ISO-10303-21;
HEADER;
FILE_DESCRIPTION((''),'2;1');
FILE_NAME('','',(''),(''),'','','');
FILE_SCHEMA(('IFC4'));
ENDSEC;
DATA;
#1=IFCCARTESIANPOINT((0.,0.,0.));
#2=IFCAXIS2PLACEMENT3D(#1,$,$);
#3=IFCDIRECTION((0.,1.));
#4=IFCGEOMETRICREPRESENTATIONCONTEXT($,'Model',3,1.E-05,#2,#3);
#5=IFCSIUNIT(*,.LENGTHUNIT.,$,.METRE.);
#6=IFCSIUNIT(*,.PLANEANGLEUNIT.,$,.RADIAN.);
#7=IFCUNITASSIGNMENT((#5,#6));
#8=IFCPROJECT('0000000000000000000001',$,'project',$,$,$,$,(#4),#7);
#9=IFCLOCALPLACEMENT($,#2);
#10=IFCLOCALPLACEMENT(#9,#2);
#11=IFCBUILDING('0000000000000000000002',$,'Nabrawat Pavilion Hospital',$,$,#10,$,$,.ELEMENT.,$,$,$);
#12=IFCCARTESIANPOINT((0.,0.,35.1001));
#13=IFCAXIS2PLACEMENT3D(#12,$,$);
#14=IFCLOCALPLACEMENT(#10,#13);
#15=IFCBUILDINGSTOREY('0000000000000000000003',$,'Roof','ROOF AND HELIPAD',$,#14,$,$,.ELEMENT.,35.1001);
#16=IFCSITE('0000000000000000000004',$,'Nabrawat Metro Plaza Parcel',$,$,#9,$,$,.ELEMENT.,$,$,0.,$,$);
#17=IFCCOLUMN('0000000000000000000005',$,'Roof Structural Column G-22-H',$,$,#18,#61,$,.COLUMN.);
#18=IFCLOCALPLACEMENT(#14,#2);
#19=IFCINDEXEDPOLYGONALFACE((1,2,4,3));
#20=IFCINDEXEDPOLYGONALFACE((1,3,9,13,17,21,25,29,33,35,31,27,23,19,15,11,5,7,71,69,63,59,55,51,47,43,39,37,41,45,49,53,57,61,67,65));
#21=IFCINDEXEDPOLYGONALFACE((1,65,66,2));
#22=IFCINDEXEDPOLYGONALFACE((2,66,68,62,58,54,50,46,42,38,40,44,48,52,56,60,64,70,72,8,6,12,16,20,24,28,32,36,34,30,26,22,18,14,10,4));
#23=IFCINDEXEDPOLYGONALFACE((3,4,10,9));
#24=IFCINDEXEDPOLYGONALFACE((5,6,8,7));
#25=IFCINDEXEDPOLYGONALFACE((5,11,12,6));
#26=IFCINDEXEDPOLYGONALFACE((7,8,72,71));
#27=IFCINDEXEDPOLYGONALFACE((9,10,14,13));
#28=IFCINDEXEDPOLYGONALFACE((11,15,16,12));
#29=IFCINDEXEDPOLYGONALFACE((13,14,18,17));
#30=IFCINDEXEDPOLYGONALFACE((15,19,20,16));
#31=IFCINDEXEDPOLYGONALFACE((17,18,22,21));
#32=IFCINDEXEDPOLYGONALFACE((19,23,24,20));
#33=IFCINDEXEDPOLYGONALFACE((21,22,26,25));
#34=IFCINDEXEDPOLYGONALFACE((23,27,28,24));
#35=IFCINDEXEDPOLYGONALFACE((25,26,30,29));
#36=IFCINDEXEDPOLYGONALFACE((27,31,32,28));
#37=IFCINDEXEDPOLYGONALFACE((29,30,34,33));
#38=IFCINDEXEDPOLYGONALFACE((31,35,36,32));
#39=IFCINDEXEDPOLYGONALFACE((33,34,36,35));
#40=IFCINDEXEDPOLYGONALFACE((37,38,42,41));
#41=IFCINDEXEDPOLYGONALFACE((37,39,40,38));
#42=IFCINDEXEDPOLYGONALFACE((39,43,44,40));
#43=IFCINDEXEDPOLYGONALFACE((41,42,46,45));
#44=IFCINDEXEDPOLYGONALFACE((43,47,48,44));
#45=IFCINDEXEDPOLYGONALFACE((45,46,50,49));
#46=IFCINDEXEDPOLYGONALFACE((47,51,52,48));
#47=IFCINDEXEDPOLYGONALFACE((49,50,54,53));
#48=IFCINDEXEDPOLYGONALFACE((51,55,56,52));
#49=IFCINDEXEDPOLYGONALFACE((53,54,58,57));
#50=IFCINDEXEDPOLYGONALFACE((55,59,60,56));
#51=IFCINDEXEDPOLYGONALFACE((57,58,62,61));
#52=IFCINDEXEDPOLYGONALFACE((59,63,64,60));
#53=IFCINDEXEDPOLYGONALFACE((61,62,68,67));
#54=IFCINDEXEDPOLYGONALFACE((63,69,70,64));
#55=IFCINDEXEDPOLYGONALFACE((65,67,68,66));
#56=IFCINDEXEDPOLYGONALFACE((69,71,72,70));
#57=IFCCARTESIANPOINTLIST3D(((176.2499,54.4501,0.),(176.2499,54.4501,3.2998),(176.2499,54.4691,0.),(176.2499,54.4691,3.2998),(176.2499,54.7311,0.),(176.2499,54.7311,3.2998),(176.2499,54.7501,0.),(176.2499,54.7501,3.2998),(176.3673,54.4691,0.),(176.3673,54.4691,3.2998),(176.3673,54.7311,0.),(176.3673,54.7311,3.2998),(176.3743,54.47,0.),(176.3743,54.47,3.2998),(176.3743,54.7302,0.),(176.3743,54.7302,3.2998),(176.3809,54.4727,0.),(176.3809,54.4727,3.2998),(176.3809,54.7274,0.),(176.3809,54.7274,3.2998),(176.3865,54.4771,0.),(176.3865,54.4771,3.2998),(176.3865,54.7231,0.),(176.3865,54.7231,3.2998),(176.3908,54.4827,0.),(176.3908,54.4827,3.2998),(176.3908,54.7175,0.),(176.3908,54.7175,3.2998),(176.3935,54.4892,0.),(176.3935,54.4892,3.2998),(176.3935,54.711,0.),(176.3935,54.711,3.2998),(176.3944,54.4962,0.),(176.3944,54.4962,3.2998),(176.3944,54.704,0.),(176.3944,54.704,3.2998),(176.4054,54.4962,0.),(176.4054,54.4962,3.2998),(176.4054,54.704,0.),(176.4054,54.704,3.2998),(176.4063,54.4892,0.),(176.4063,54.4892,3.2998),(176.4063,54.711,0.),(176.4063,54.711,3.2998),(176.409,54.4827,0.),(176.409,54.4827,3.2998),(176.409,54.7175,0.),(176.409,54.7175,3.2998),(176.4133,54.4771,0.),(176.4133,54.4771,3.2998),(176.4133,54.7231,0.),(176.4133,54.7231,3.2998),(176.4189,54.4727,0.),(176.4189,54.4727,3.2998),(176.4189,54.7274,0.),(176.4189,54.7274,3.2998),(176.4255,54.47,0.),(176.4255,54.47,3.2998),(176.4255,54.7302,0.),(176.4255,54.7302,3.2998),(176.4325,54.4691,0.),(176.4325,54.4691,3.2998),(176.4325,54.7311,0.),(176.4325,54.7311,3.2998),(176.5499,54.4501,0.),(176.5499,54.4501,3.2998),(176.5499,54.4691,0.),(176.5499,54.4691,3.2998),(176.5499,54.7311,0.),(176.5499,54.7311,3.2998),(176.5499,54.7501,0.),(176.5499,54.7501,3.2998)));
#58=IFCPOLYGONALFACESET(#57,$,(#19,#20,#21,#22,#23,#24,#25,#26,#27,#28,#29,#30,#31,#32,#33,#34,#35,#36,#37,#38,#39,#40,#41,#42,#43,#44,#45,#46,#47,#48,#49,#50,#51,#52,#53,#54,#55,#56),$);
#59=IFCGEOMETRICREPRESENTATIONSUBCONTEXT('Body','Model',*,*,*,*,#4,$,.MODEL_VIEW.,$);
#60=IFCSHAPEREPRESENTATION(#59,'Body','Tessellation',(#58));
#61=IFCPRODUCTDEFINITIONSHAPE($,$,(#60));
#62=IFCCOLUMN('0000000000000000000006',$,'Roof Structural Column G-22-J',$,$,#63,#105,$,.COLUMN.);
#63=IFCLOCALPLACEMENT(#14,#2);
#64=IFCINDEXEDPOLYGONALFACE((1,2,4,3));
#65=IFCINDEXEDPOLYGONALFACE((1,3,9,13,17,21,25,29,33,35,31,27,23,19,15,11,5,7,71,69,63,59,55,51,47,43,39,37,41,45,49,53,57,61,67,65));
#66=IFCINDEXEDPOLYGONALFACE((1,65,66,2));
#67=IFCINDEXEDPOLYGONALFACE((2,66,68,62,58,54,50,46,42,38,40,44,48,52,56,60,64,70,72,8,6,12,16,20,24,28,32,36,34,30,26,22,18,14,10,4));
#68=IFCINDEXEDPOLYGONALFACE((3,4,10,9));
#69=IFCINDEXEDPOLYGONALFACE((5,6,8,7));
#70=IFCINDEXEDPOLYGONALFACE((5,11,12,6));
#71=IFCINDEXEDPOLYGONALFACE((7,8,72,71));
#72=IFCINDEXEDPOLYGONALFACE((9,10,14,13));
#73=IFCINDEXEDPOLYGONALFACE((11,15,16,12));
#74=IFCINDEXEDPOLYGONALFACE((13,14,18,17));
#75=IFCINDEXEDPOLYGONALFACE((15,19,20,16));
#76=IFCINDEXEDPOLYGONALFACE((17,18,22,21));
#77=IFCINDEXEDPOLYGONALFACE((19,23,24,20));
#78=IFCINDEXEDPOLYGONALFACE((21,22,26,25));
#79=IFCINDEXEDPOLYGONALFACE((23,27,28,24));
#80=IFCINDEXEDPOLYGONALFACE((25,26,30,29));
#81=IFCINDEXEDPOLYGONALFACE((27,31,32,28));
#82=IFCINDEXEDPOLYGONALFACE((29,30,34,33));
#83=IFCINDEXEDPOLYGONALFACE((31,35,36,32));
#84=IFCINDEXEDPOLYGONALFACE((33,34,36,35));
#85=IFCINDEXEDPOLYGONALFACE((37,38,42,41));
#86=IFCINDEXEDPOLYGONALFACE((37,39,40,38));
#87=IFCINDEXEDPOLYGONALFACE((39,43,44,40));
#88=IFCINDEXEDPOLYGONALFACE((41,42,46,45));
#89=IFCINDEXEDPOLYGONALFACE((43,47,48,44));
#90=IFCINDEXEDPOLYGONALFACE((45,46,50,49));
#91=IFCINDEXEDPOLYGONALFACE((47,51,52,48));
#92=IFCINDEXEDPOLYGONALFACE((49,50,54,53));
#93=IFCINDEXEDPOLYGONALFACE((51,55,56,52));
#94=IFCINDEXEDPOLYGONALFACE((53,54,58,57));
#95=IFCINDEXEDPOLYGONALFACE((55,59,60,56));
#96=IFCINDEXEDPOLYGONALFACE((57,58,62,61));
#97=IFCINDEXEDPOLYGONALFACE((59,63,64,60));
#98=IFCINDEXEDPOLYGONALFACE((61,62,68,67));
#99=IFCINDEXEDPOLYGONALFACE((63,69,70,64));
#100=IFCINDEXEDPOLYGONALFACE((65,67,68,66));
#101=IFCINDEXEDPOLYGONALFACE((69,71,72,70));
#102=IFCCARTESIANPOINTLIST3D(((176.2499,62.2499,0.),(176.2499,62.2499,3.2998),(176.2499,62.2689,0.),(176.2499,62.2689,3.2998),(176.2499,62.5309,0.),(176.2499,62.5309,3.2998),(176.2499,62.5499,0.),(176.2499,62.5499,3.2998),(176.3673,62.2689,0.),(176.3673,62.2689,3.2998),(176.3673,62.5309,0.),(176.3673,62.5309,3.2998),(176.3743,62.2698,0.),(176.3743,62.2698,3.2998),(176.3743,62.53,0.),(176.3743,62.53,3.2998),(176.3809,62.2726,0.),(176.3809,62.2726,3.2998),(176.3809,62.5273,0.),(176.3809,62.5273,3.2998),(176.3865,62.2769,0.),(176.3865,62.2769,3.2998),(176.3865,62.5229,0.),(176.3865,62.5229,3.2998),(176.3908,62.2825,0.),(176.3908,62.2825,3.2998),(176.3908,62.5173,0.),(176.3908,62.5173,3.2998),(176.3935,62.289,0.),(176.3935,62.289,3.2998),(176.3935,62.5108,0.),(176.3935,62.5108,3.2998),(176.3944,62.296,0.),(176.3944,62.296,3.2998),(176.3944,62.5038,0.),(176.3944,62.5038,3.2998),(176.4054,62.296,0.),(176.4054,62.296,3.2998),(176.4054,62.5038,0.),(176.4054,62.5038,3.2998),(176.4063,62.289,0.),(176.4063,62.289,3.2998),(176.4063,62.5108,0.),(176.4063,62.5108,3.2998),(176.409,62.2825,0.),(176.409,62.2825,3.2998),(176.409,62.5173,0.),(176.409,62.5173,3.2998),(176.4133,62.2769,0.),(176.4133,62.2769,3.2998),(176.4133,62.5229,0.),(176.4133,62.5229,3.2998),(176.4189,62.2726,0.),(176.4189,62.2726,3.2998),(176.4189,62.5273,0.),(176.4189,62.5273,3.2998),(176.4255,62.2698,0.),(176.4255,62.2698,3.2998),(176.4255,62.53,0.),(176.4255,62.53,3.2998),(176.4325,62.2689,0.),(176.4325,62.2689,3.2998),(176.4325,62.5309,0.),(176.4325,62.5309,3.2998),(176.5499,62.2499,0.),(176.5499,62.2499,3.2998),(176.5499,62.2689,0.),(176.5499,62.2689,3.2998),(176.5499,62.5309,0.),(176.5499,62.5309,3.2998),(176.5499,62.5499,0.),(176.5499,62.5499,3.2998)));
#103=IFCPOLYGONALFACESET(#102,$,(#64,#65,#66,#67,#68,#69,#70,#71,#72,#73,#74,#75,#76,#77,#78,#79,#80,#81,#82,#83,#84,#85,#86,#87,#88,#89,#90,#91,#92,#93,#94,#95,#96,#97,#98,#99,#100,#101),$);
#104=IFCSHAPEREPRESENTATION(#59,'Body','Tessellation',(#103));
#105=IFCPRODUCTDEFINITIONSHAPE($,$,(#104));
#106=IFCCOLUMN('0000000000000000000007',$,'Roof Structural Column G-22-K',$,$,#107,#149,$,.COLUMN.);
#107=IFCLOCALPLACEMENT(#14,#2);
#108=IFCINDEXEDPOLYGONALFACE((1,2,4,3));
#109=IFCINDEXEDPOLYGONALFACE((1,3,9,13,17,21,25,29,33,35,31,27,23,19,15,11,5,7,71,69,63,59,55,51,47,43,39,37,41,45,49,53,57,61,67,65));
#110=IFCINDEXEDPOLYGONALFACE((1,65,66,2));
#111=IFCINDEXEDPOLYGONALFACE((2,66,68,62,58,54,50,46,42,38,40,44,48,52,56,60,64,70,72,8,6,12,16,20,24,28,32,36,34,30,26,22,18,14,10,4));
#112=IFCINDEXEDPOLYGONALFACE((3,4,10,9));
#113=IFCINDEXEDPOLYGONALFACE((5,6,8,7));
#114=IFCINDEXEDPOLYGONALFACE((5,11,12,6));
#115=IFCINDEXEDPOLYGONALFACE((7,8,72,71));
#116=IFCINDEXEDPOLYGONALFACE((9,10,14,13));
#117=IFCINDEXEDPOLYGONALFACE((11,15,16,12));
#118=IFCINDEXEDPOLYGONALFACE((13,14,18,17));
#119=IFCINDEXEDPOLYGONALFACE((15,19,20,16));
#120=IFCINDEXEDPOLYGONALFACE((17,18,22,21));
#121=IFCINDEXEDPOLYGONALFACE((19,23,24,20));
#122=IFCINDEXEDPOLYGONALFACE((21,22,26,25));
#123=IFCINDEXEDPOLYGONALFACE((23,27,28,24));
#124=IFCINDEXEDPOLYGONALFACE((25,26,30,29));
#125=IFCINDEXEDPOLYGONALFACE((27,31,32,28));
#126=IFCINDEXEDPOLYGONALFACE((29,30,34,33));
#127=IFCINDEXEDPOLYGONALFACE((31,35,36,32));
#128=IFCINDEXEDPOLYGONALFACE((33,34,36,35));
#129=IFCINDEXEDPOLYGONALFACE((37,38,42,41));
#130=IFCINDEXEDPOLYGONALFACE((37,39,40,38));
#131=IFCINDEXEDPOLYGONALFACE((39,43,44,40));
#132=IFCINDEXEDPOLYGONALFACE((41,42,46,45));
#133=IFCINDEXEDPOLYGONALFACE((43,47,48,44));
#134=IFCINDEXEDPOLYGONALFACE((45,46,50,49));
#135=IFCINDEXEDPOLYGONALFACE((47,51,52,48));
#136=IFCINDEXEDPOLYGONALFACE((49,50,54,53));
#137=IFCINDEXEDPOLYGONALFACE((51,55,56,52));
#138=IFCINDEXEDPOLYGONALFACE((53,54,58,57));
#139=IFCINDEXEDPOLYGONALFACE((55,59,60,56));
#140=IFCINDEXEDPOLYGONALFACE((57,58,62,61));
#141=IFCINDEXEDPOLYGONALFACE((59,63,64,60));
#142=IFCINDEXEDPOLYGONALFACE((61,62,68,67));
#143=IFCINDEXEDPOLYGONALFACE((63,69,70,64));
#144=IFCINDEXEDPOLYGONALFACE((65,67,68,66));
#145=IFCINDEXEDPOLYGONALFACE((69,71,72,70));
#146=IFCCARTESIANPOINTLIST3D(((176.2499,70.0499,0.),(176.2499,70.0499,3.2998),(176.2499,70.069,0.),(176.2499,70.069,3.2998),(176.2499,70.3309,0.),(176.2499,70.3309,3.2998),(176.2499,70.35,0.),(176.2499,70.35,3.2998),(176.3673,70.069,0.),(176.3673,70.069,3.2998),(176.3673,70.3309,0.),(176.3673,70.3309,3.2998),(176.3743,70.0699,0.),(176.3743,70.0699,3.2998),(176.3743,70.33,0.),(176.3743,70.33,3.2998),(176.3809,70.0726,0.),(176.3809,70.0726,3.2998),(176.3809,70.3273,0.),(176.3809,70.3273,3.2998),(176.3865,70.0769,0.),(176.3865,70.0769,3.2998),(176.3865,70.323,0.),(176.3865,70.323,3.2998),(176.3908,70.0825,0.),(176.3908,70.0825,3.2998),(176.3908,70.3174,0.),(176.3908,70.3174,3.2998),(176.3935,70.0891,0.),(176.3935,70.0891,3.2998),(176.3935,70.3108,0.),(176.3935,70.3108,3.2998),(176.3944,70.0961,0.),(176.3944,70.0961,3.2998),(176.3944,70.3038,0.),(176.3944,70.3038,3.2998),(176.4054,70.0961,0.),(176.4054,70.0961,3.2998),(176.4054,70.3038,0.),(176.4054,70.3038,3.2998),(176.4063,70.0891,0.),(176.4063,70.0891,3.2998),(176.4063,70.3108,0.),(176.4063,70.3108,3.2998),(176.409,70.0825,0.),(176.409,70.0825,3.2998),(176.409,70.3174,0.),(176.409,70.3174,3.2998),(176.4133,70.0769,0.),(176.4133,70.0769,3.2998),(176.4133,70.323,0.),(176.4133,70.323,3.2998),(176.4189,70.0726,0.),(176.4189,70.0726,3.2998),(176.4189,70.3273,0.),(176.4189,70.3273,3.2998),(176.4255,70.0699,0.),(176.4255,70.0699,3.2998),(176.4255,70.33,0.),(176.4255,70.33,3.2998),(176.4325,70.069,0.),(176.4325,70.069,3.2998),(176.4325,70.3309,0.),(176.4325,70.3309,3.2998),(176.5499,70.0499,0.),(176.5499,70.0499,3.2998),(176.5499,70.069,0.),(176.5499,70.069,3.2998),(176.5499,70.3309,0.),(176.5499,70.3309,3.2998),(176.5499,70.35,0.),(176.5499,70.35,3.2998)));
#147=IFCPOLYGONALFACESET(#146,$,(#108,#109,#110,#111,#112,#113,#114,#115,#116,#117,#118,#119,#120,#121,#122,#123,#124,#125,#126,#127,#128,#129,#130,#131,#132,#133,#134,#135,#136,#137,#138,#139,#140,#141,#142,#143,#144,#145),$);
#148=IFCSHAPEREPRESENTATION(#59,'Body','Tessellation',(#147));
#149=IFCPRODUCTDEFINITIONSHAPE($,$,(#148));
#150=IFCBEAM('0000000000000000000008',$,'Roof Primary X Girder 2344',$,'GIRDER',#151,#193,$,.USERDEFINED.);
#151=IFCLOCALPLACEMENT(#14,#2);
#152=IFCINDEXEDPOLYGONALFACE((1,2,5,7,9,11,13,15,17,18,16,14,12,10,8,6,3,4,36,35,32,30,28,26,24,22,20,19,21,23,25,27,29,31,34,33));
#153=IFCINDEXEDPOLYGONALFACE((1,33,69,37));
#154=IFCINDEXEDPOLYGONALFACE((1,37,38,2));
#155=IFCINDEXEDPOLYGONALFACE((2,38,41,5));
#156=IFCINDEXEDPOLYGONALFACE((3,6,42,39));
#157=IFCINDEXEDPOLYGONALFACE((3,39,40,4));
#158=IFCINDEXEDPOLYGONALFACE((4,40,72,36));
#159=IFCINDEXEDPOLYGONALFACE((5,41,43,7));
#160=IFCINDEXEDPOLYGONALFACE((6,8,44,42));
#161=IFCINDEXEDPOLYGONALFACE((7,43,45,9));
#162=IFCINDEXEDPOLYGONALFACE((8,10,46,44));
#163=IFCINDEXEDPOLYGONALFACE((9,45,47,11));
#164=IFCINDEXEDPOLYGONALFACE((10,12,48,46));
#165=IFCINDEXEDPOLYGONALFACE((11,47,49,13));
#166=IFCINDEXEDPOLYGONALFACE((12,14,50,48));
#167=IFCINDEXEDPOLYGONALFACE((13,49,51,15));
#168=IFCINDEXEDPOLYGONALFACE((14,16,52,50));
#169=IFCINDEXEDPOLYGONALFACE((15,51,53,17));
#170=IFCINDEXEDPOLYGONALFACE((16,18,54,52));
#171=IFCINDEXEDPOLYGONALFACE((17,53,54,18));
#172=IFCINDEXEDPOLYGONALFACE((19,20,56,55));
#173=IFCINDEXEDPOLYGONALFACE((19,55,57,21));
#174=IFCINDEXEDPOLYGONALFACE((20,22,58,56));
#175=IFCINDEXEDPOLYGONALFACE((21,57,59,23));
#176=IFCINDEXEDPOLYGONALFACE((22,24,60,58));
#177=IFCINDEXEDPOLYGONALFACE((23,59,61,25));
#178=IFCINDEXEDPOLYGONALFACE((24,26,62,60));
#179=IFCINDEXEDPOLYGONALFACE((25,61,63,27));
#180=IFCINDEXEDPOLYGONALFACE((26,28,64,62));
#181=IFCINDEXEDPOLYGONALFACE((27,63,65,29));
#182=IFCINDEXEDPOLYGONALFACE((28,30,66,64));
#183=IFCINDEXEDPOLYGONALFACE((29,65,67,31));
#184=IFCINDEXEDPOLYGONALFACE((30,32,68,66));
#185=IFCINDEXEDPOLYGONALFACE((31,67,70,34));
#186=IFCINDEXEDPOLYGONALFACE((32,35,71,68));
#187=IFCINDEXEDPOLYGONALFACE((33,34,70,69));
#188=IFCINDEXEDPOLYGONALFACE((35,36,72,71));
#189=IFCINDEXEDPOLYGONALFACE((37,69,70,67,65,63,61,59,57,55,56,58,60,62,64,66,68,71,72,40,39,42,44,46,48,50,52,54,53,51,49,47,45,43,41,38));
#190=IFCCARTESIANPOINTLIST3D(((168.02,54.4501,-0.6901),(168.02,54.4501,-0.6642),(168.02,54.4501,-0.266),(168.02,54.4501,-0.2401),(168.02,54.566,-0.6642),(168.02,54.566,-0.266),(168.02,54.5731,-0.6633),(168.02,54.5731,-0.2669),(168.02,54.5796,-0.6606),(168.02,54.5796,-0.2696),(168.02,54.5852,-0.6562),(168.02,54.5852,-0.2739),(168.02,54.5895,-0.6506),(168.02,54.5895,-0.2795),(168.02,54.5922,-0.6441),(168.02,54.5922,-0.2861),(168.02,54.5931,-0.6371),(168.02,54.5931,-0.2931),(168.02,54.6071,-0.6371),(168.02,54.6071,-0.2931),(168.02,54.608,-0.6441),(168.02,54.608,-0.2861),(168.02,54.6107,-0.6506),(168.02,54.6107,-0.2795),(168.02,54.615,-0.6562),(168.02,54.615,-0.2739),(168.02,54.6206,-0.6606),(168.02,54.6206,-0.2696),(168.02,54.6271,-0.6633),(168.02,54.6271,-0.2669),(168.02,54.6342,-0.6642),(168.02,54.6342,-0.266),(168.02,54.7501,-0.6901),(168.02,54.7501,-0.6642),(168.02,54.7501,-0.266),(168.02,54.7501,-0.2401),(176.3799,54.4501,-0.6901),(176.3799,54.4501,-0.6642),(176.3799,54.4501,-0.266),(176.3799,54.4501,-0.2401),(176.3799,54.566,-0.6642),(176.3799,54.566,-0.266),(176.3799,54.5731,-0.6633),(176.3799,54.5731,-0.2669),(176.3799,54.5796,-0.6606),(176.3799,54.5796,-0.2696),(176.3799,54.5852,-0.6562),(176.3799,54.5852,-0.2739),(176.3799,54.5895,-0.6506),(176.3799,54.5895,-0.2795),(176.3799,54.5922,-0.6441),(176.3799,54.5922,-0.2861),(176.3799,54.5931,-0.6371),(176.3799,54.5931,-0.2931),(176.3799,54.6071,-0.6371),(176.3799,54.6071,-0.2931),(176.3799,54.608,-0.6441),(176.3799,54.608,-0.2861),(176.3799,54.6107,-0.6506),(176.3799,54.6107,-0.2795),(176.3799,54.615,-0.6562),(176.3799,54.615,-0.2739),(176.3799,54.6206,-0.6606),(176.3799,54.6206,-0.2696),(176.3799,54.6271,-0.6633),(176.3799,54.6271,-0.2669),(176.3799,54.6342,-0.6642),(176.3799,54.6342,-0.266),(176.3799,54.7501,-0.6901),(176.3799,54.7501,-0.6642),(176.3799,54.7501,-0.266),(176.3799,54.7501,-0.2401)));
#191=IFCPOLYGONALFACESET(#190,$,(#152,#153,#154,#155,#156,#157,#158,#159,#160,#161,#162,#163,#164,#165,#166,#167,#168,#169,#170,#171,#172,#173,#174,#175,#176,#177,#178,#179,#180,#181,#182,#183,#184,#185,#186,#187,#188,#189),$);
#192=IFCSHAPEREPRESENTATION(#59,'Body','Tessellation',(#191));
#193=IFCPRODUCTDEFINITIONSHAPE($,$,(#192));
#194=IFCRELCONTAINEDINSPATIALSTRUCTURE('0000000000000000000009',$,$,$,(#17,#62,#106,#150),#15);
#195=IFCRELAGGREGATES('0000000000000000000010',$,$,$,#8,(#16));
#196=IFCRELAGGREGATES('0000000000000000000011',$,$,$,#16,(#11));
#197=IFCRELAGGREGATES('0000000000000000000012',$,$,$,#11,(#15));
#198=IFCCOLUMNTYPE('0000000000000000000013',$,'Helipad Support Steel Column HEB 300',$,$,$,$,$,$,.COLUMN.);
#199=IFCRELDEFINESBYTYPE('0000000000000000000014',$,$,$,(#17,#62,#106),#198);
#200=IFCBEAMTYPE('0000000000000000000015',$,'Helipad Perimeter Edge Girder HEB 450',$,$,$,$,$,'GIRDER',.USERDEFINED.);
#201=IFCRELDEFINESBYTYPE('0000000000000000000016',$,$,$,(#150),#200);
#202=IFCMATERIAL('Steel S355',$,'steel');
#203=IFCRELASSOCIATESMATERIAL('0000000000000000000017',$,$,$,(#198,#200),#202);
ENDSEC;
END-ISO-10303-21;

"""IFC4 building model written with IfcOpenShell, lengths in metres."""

from ifc_helpers import new_model, si_unit, direction, frame, origin, origin_2d, place, context, subcontext, project, spatial, i_section, extrude, material, material_profile, profile_set, type_object, element, save


model = new_model("IFC4")

# Units and contexts
model_context = context("Model", 3, precision=1e-05, world=origin(), true_north=direction((0.0, 1.0)))
body_context = subcontext(model_context, "Body", "Model", "MODEL_VIEW")
ifc_project = project(units=[si_unit("LENGTHUNIT", "METRE"), si_unit("PLANEANGLEUNIT", "RADIAN")], contexts=[model_context])

# Site, building, storey
site_placement = place(None, origin())
site = spatial("IfcSite", under=ifc_project, at=site_placement, Name="Nabrawat Metro Plaza Parcel", CompositionType="ELEMENT", RefElevation=0.0)
building_placement = place(site_placement, origin())
building = spatial("IfcBuilding", under=site, at=building_placement, Name="Nabrawat Pavilion Hospital", CompositionType="ELEMENT")
storey_placement = place(building_placement, frame((0.0, 0.0, 35.1001)))
storey = spatial("IfcBuildingStorey", under=building, at=storey_placement, Name="Roof", Description="ROOF AND HELIPAD", CompositionType="ELEMENT", Elevation=35.1001)

# Columns
ifc_material_1 = material(Name="Steel S355", Category="steel")
ifc_material_profile_1 = material_profile(ifc_material_1, i_section(OverallWidth=0.3, OverallDepth=0.3, WebThickness=0.011, FlangeThickness=0.019, FilletRadius=0.0271, at=origin_2d()), Name="HEB 300")
ifc_profile_set_1 = profile_set([ifc_material_profile_1], Name="Steel S355")
column_type = type_object("IfcColumnType", Name="Helipad Support Steel Column HEB 300", PredefinedType="COLUMN", material=ifc_profile_set_1)
for number, where, z_axis, x_axis, name in (
    (1, (176.3999, 54.6001, 0.0), (0.0, 0.0, 1.0), (1.0, 0.0, 0.0), "Roof Structural Column G-22-H"),
    (2, (176.3999, 62.3999, 0.0), (0.0, 0.0, 1.0), (1.0, 0.0, 0.0), "Roof Structural Column G-22-J"),
    (3, (176.3999, 70.2, 0.0), (0.0, 0.0, 1.0), (1.0, 0.0, 0.0), "Roof Structural Column G-22-K"),
):
    element("IfcColumn", number, at=place(storey_placement, frame(where, z_axis=z_axis, x_axis=x_axis)), inside=storey, type_object=column_type, Name=name, PredefinedType="COLUMN", context=body_context, shape_type="SweptSolid", body=[
        extrude(i_section(OverallWidth=0.3, OverallDepth=0.3, WebThickness=0.011, FlangeThickness=0.019, FilletRadius=0.0271, at=origin_2d()), origin(), (0.0, 0.0, 1.0), 3.2998),
    ])

# Beam
ifc_material_profile_2 = material_profile(ifc_material_1, i_section(OverallWidth=0.3, OverallDepth=0.45, WebThickness=0.0139, FlangeThickness=0.0259, FilletRadius=0.0271, at=origin_2d()), Name="HEB 450")
ifc_profile_set_2 = profile_set([ifc_material_profile_2], Name="Steel S355")
beam_type_1 = type_object("IfcBeamType", Name="Helipad Perimeter Edge Girder HEB 450", ElementType="GIRDER", PredefinedType="USERDEFINED", material=ifc_profile_set_2)
beam_1_placement = place(storey_placement, frame((168.02, 54.6001, -0.4651), z_axis=(1.0, 0.0, 0.0), x_axis=(0.0, 1.0, 0.0)))
element("IfcBeam", 4, at=beam_1_placement, inside=storey, type_object=beam_type_1, Name="Roof Primary X Girder 2344", ObjectType="GIRDER", PredefinedType="USERDEFINED", context=body_context, shape_type="SweptSolid", body=[
    extrude(i_section(OverallWidth=0.3, OverallDepth=0.45, WebThickness=0.0139, FlangeThickness=0.0259, FilletRadius=0.0271, at=origin_2d()), origin(), (0.0, 0.0, 1.0), 8.3599),
])

save(model, "model.ifc")
